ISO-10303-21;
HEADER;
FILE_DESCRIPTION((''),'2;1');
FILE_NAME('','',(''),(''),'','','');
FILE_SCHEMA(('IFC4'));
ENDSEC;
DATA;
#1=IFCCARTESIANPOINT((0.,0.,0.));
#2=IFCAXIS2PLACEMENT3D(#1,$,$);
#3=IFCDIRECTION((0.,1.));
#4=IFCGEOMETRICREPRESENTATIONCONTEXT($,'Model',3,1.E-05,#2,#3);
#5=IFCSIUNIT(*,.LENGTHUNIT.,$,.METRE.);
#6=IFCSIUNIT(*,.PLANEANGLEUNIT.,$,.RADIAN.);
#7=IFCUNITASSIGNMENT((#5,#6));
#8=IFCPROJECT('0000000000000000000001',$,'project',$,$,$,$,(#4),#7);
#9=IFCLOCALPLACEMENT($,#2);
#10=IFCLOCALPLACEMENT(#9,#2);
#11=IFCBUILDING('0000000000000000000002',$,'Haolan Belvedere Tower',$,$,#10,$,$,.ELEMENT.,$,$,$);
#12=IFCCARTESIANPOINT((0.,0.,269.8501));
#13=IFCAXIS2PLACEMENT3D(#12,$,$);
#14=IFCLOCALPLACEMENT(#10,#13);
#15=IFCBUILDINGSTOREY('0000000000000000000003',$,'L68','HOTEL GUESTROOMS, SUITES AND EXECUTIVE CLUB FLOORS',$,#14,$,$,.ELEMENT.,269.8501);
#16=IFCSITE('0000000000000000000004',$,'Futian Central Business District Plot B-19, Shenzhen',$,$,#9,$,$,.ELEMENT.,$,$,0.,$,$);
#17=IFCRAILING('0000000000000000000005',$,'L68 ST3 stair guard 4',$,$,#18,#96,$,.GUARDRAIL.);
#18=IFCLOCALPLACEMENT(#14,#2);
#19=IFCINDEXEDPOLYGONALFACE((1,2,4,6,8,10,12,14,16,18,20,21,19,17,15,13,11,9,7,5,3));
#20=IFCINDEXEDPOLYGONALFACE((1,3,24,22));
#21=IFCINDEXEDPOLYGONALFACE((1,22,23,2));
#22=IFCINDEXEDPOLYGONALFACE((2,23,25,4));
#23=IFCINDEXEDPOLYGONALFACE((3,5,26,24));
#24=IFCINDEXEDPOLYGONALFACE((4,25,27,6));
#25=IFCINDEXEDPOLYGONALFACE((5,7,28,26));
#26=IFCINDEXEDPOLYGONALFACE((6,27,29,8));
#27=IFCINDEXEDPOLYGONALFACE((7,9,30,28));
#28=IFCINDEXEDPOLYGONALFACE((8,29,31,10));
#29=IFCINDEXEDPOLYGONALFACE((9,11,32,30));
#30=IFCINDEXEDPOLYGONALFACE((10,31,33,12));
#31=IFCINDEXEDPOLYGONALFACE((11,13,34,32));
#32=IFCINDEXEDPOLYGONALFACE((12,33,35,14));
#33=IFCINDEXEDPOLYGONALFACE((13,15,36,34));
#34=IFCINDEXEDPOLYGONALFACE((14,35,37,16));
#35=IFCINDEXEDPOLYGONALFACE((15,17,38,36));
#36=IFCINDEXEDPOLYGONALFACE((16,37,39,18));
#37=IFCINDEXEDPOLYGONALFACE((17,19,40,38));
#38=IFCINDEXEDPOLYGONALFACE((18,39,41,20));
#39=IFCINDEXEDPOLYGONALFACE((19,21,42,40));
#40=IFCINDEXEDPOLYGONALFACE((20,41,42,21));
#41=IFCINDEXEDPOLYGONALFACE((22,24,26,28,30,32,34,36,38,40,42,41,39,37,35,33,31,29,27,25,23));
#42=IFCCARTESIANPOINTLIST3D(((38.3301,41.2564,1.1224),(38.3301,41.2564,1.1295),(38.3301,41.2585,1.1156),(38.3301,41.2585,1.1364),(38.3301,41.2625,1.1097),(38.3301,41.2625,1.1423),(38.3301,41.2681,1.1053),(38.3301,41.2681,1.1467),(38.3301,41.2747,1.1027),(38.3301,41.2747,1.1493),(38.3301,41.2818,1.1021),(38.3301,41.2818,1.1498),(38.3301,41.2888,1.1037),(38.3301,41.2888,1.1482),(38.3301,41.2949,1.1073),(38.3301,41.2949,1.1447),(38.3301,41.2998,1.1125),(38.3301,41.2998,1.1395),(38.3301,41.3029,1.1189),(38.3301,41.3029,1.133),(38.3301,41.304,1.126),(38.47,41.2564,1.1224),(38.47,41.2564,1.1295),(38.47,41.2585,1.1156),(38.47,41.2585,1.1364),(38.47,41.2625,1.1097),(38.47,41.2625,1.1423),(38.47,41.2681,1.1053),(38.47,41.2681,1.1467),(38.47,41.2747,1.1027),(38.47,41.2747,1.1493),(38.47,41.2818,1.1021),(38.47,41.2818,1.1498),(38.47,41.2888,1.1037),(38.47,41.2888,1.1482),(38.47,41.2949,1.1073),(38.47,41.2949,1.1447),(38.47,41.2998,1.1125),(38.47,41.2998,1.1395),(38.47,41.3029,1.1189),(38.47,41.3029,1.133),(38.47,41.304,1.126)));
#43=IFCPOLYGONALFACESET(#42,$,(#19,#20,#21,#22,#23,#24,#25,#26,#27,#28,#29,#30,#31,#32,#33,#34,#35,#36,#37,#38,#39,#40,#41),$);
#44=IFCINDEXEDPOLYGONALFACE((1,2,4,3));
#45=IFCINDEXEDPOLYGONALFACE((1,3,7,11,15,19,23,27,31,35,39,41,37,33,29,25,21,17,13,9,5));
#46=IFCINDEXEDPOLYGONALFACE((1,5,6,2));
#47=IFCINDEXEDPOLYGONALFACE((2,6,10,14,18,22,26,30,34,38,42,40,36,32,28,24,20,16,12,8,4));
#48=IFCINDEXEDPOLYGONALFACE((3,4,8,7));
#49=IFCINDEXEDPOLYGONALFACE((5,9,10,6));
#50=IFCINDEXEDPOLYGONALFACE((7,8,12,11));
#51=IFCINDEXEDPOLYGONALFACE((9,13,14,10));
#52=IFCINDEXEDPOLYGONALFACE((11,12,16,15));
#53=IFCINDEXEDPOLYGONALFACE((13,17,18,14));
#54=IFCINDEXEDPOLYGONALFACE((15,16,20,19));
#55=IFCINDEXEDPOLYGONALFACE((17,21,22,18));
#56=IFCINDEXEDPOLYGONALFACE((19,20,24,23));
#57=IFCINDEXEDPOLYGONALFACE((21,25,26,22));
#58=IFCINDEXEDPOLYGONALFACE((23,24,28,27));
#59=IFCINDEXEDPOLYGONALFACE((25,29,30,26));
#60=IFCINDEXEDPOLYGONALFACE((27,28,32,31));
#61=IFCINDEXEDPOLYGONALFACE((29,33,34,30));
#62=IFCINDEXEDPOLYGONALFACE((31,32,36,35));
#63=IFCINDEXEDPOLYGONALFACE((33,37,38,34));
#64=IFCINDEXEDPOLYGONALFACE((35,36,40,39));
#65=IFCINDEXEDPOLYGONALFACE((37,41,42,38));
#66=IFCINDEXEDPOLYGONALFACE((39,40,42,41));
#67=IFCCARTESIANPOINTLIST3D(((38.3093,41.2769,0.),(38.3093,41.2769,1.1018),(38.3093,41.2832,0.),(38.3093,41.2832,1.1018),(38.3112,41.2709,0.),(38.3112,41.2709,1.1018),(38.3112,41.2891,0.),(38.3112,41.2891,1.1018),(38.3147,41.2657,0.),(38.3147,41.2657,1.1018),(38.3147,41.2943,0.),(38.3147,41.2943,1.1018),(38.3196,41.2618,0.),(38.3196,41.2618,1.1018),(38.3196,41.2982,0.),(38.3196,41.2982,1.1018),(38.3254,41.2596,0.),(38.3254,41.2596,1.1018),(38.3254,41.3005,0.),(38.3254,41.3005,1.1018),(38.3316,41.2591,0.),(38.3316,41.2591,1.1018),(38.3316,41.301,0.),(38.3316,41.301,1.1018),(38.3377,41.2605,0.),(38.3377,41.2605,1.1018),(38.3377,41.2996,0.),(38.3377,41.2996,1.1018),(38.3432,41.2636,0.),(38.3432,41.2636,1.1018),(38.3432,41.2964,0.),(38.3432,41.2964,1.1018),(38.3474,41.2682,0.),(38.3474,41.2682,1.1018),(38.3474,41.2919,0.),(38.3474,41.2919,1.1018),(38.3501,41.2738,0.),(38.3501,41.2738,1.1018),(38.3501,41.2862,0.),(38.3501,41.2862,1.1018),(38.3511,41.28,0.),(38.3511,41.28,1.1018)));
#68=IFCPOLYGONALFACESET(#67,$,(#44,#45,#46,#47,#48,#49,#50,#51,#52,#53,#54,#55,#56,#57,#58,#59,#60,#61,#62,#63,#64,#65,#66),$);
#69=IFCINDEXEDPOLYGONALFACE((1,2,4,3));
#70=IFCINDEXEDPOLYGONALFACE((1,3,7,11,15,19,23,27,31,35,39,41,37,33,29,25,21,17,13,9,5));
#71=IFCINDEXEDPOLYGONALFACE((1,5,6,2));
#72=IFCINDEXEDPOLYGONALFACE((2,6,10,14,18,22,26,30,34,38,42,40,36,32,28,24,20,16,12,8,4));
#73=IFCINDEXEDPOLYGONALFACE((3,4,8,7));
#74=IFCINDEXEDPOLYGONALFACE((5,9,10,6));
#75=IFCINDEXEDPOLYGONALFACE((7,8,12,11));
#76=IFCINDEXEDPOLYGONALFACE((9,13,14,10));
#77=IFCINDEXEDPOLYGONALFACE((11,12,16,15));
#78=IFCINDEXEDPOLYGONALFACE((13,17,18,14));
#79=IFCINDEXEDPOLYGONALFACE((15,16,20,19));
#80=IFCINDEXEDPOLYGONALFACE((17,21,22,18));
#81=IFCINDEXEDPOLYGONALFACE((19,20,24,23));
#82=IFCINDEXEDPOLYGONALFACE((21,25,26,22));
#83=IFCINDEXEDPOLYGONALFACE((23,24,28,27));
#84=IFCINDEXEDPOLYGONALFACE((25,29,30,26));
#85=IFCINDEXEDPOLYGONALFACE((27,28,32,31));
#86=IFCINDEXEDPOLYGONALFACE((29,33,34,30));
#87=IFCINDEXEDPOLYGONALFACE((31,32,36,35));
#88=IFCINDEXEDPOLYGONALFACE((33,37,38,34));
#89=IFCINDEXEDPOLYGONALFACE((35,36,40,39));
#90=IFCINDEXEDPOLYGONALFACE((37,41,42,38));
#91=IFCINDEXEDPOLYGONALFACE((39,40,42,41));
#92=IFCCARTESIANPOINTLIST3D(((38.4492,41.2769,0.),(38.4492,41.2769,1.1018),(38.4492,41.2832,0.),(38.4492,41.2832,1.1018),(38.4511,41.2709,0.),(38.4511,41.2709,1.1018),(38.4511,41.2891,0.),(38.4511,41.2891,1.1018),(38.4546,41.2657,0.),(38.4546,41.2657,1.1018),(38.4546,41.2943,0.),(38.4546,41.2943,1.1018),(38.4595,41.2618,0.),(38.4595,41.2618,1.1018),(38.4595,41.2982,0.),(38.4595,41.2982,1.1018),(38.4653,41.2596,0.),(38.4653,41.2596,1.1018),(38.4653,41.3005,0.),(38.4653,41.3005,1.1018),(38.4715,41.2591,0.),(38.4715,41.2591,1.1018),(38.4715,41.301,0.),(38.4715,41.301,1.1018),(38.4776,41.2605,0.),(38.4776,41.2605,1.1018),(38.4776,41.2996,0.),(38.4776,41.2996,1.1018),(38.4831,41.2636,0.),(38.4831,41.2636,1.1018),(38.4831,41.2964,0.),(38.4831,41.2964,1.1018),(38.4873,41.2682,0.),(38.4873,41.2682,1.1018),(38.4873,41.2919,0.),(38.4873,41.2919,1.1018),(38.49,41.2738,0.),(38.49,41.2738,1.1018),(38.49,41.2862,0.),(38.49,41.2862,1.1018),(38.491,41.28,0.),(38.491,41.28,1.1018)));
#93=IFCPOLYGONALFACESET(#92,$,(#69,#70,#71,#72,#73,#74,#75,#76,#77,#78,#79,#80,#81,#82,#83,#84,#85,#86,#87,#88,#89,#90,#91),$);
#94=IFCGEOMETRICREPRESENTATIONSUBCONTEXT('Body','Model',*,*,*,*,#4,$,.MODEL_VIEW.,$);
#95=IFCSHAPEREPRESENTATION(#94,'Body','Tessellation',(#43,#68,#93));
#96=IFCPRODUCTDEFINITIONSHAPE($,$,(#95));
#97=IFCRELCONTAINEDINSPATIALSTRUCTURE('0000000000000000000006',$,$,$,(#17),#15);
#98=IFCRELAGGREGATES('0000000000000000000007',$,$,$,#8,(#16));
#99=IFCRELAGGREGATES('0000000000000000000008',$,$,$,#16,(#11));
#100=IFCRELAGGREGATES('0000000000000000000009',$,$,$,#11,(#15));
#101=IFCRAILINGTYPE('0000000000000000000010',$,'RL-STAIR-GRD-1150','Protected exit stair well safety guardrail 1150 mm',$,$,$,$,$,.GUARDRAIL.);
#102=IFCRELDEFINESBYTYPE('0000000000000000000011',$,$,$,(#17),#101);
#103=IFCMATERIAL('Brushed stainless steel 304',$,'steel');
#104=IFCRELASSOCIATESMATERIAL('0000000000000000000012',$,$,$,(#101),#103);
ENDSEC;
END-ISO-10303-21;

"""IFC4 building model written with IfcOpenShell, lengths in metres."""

from ifc_helpers import new_model, si_unit, direction, frame, origin, origin_2d, place, context, subcontext, project, spatial, circle, extrude, material, type_object, element, save


model = new_model("IFC4")

# Units and contexts
model_context = context("Model", 3, precision=1e-05, world=origin(), true_north=direction((0.0, 1.0)))
body_context = subcontext(model_context, "Body", "Model", "MODEL_VIEW")
ifc_project = project(units=[si_unit("LENGTHUNIT", "METRE"), si_unit("PLANEANGLEUNIT", "RADIAN")], contexts=[model_context])

# Site, building, storey
site_placement = place(None, origin())
site = spatial("IfcSite", under=ifc_project, at=site_placement, Name="Futian Central Business District Plot B-19, Shenzhen", CompositionType="ELEMENT", RefElevation=0.0)
building_placement = place(site_placement, origin())
building = spatial("IfcBuilding", under=site, at=building_placement, Name="Haolan Belvedere Tower", CompositionType="ELEMENT")
storey_placement = place(building_placement, frame((0.0, 0.0, 269.8501)))
storey = spatial("IfcBuildingStorey", under=building, at=storey_placement, Name="L68", Description="HOTEL GUESTROOMS, SUITES AND EXECUTIVE CLUB FLOORS", CompositionType="ELEMENT", Elevation=269.8501)

# Railing
ifc_material_1 = material(Name="Brushed stainless steel 304", Category="steel")
railing_type_1 = type_object("IfcRailingType", Name="RL-STAIR-GRD-1150", Description="Protected exit stair well safety guardrail 1150 mm", PredefinedType="GUARDRAIL", material=ifc_material_1)
railing_1_placement = place(storey_placement, frame((38.3301, 41.28, 0.0)))
element("IfcRailing", 1, at=railing_1_placement, inside=storey, type_object=railing_type_1, Name="L68 ST3 stair guard 4", PredefinedType="GUARDRAIL", context=body_context, shape_type="SweptSolid", body=[
    extrude(circle(Radius=0.0239, at=origin_2d()), frame((0.0, 0.0, 1.126), z_axis=(1.0, 0.0, 0.0), x_axis=(0.0, 1.0, 0.0)), (0.0, 0.0, 1.0), 0.1399),
    extrude(circle(Radius=0.021, at=origin_2d()), origin(), (0.0, 0.0, 1.0), 1.1018),
    extrude(circle(Radius=0.021, at=origin_2d()), frame((0.1399, 0.0, 0.0)), (0.0, 0.0, 1.0), 1.1018),
])

save(model, "model.ifc")
